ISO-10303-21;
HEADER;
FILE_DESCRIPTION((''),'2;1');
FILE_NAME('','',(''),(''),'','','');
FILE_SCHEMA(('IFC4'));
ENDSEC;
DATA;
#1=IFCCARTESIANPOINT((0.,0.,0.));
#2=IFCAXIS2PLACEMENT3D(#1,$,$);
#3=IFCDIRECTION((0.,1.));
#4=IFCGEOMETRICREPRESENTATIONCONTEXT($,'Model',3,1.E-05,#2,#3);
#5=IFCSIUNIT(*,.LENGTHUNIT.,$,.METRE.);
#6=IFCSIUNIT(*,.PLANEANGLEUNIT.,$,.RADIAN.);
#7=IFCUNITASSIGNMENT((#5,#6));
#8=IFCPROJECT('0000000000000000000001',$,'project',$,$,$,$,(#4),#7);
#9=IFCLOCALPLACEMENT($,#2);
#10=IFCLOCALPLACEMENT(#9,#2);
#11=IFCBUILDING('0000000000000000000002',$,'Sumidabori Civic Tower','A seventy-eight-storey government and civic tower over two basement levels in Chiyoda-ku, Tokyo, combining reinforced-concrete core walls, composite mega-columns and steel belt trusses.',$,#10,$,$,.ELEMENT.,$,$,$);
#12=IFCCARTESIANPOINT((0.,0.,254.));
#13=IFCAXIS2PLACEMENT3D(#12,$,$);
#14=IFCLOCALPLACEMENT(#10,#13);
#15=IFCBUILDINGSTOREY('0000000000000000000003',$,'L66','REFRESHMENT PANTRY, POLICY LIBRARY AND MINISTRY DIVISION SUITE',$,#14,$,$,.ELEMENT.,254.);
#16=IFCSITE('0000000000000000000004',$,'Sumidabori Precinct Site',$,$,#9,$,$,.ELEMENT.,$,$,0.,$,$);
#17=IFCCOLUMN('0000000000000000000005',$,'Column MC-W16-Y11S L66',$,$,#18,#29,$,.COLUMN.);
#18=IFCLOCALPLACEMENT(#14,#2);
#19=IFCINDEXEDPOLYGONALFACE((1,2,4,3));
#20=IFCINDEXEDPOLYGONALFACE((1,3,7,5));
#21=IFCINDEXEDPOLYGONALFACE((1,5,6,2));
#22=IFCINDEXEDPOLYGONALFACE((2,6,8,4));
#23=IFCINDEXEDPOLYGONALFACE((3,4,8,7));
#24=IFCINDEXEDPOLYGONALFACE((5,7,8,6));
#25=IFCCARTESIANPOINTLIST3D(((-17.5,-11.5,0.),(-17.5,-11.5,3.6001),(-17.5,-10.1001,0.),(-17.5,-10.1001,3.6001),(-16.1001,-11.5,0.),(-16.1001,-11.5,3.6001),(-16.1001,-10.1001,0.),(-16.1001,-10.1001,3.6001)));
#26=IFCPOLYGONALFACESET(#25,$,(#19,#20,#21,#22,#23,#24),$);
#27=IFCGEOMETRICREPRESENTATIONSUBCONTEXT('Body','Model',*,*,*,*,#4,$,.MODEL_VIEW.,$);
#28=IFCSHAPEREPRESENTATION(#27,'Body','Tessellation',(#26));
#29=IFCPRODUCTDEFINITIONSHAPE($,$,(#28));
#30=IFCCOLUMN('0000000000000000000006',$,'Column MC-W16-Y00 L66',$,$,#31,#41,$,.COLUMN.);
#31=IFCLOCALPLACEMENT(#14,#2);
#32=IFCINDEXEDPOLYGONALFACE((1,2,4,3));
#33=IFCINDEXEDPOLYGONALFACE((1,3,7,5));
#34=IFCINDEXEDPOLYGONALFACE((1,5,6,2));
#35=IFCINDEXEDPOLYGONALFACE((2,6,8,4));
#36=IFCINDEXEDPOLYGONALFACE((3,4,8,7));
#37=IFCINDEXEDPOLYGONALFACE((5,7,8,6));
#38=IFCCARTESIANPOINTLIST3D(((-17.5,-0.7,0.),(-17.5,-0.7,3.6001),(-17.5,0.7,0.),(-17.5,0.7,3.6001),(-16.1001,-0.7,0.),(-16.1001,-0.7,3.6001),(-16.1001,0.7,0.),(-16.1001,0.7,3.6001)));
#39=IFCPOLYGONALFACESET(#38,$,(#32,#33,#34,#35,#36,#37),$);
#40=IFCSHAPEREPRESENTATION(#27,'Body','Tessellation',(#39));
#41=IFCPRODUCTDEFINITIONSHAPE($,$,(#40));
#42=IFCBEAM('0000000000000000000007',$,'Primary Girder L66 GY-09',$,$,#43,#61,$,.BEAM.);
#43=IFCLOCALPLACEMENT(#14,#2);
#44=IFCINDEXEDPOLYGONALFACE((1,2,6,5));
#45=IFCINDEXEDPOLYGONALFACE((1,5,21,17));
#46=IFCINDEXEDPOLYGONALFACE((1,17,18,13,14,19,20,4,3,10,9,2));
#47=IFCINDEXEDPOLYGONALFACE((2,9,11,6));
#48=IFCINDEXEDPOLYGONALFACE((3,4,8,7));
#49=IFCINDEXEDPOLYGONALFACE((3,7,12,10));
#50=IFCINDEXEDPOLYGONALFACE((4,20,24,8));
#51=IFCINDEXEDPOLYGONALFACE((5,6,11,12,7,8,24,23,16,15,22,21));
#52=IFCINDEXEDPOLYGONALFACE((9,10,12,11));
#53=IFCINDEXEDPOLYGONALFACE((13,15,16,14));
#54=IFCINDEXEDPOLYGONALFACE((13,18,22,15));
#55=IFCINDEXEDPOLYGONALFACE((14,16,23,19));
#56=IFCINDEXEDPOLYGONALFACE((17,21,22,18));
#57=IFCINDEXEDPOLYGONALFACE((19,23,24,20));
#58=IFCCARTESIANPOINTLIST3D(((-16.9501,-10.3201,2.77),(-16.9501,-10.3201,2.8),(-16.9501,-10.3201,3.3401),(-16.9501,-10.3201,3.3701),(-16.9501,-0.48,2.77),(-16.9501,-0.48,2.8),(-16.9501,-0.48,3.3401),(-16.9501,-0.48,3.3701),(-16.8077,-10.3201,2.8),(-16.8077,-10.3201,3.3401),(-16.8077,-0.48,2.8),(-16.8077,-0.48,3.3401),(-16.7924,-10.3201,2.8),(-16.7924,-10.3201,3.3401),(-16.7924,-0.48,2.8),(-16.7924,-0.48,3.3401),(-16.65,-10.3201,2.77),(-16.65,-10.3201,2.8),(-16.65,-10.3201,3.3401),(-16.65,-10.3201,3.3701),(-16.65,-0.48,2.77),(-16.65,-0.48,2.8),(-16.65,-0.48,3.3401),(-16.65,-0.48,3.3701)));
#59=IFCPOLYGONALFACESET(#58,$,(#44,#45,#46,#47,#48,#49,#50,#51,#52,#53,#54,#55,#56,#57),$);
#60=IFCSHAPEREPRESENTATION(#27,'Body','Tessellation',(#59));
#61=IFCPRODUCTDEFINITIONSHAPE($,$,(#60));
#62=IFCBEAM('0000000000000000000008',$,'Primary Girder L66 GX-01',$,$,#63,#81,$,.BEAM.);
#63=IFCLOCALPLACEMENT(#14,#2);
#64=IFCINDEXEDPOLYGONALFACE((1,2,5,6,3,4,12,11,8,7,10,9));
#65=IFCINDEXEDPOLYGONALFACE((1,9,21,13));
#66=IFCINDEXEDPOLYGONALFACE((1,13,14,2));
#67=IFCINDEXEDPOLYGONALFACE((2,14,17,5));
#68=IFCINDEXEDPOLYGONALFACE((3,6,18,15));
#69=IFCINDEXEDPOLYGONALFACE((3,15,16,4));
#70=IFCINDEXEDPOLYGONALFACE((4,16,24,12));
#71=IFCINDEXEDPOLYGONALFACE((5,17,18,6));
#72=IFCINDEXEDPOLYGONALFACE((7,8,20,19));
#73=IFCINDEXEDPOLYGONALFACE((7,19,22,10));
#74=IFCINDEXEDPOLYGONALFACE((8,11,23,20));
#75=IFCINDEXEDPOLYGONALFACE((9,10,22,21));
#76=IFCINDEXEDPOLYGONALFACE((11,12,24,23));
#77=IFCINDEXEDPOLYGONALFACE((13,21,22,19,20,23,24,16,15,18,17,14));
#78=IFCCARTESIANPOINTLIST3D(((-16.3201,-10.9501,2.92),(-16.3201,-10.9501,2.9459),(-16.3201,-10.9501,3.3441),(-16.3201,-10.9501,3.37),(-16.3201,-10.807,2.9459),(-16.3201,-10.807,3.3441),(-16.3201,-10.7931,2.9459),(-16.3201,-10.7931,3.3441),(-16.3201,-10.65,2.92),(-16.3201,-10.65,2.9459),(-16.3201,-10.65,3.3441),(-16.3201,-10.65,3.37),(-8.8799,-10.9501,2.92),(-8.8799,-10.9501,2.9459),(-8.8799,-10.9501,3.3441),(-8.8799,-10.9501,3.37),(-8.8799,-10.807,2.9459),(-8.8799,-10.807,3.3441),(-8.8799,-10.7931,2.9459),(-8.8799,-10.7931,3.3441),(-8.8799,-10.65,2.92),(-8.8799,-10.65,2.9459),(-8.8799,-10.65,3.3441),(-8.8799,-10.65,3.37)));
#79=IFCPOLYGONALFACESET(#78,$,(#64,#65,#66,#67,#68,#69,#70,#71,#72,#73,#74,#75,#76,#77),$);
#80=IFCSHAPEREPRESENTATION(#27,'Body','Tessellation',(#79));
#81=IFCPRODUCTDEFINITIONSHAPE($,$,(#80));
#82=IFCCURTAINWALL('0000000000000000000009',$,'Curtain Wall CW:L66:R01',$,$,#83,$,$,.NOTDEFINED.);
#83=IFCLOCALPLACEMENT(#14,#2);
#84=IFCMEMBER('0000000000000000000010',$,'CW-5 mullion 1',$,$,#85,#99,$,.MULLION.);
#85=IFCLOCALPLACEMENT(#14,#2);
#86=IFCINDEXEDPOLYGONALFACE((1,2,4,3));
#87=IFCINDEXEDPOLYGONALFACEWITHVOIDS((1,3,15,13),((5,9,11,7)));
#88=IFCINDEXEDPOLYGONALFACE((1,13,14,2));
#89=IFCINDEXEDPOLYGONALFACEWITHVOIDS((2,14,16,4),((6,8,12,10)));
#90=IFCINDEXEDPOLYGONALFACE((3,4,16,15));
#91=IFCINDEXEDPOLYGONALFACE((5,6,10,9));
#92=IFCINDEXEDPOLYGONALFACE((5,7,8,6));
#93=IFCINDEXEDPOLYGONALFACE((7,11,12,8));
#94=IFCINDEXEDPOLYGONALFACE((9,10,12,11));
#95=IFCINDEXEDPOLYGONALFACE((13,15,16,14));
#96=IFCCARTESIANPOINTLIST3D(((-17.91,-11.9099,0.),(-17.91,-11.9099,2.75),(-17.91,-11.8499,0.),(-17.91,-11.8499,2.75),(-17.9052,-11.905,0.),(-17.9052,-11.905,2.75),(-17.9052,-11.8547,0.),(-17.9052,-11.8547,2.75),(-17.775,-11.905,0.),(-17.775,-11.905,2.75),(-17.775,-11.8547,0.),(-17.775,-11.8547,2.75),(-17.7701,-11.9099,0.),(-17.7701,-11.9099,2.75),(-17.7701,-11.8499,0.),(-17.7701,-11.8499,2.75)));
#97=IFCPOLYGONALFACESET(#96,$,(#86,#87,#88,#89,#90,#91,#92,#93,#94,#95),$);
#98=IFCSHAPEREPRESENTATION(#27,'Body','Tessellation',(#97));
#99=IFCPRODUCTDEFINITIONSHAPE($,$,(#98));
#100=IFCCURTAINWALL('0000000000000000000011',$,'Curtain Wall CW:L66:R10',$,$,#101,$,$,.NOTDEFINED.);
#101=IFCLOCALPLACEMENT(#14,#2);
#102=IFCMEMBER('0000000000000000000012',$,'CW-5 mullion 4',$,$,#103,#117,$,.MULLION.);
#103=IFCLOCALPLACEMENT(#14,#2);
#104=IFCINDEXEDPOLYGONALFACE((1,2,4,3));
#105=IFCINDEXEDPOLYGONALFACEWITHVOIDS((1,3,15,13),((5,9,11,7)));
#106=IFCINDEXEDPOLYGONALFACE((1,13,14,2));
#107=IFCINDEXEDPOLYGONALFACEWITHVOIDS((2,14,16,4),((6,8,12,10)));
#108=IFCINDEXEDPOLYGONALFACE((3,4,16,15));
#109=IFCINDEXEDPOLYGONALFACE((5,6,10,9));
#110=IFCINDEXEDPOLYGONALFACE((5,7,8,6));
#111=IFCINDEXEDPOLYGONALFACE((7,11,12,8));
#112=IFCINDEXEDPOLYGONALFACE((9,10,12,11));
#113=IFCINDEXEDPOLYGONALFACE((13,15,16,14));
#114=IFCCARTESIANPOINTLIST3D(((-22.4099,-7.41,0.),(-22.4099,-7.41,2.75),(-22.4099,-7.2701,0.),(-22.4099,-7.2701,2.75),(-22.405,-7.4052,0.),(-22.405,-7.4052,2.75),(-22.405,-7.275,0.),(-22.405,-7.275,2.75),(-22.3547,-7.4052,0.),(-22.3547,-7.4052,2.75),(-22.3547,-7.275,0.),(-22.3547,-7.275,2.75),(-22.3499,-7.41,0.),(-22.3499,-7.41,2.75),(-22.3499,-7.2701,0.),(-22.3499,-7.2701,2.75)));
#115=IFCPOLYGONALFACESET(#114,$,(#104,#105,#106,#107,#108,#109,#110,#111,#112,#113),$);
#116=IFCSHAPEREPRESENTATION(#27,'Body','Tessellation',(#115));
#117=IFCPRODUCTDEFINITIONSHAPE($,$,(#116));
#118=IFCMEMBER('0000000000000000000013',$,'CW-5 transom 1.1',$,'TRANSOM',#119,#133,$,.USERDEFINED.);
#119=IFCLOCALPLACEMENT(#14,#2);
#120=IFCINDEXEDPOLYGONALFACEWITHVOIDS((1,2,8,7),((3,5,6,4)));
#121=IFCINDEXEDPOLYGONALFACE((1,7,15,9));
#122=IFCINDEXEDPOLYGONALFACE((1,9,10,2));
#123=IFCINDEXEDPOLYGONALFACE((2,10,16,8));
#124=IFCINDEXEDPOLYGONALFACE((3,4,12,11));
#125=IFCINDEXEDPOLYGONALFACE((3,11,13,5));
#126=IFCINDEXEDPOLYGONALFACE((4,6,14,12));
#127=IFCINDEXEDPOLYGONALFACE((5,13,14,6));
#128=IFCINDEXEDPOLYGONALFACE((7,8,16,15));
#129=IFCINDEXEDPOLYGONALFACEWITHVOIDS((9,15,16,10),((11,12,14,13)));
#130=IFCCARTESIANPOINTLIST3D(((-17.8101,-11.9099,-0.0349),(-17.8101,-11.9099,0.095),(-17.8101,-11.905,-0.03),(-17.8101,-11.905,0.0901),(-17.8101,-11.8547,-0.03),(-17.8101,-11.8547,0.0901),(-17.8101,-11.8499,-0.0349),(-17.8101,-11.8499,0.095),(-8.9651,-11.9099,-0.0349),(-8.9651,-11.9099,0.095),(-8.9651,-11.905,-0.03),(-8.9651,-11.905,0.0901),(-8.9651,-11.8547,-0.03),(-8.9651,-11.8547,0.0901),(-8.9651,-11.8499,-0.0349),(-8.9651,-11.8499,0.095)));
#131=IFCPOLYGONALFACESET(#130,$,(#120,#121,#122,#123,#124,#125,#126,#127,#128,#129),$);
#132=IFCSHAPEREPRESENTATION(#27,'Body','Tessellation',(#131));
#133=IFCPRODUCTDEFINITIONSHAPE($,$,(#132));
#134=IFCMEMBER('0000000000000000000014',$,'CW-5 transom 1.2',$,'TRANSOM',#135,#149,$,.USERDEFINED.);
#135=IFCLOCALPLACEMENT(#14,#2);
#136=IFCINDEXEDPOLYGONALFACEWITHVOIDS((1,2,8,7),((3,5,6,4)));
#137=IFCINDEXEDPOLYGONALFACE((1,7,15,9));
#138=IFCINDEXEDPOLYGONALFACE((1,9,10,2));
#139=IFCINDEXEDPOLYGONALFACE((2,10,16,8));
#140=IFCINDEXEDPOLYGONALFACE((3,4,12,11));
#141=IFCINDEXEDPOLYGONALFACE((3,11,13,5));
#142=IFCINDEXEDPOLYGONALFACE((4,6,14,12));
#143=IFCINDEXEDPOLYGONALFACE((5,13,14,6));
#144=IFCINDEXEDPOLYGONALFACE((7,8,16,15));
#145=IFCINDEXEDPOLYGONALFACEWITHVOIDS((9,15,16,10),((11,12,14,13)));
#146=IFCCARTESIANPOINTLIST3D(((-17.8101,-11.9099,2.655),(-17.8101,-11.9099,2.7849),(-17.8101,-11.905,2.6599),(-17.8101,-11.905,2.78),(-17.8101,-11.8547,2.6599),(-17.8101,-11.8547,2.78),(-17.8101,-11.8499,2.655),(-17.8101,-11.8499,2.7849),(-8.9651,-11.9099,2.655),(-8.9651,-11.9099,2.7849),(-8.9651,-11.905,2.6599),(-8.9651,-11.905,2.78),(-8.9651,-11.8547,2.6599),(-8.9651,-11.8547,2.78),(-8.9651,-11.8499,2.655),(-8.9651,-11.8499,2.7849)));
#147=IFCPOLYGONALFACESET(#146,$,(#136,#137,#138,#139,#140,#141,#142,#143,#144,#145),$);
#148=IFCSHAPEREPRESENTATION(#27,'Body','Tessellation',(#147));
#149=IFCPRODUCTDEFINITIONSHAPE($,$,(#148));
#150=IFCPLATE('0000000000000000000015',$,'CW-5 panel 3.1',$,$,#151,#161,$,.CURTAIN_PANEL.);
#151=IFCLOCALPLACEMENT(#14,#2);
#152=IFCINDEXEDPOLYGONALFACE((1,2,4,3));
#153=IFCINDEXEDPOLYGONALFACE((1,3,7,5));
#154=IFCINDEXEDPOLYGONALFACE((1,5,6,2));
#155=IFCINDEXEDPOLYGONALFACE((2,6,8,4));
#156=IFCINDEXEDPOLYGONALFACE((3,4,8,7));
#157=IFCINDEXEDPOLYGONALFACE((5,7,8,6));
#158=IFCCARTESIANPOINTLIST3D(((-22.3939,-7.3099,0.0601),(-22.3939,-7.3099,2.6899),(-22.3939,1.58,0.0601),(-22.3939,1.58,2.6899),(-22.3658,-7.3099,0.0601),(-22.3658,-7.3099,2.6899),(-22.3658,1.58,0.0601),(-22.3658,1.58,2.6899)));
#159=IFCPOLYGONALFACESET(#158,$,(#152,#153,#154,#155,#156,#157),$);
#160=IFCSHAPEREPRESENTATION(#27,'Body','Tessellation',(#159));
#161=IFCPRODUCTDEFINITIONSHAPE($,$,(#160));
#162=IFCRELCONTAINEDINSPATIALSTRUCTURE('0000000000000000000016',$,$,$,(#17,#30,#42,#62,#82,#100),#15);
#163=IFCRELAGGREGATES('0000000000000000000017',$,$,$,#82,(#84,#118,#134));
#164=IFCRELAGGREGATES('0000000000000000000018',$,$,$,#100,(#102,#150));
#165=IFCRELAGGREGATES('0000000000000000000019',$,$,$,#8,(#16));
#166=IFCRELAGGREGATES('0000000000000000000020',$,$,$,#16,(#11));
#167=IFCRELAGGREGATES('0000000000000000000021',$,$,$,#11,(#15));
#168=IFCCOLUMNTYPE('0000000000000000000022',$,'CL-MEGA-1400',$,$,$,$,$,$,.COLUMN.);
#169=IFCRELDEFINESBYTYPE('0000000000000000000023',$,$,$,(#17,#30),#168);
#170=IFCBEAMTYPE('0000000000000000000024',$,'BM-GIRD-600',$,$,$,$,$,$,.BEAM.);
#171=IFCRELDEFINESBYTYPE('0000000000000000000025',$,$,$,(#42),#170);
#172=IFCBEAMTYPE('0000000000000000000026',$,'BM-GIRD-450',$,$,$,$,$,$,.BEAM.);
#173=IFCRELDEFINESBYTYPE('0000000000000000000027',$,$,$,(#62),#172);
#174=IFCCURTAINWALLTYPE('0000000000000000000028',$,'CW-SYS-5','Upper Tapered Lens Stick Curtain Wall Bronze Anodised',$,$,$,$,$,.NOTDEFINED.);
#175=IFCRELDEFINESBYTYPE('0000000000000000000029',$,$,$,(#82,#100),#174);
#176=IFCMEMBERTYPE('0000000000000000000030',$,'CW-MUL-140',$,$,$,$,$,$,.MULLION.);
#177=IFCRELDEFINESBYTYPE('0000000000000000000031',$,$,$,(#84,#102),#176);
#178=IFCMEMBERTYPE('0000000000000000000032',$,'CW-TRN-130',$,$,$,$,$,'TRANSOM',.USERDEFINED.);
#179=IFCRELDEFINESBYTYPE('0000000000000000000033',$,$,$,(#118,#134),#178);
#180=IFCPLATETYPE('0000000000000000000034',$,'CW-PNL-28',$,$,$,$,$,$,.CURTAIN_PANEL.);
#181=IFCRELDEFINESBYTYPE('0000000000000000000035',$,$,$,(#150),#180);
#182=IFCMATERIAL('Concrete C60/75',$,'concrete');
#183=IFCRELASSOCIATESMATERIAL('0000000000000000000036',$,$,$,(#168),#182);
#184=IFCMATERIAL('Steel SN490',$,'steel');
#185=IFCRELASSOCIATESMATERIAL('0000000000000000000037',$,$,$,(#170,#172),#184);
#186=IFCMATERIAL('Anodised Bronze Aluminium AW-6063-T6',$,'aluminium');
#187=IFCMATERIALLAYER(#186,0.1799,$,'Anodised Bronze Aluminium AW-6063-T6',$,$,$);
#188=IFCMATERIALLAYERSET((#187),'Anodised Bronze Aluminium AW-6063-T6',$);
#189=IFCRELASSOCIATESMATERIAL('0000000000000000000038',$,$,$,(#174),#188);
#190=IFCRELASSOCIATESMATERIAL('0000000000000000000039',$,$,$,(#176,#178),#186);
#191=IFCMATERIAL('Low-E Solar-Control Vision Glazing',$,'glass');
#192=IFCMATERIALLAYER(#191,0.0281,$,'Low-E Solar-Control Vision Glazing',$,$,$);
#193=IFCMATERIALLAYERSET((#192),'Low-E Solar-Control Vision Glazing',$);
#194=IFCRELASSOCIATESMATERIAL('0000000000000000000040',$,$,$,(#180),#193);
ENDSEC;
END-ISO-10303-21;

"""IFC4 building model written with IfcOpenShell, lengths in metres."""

from ifc_helpers import new_model, si_unit, direction, frame, origin, origin_2d, place, context, subcontext, project, spatial, rectangle, hollow_rectangle, i_section, extrude, source, transform, mapped, material, layer, layer_set, material_profile, profile_set, type_object, element, aggregate, save


model = new_model("IFC4")

# Units and contexts
model_context = context("Model", 3, precision=1e-05, world=origin(), true_north=direction((0.0, 1.0)))
body_context = subcontext(model_context, "Body", "Model", "MODEL_VIEW")
ifc_project = project(units=[si_unit("LENGTHUNIT", "METRE"), si_unit("PLANEANGLEUNIT", "RADIAN")], contexts=[model_context])

# Site, building, storey
site_placement = place(None, origin())
site = spatial("IfcSite", under=ifc_project, at=site_placement, Name="Sumidabori Precinct Site", CompositionType="ELEMENT", RefElevation=0.0)
building_placement = place(site_placement, origin())
building = spatial("IfcBuilding", under=site, at=building_placement, Name="Sumidabori Civic Tower", Description="A seventy-eight-storey government and civic tower over two basement levels in Chiyoda-ku, Tokyo, combining reinforced-concrete core walls, composite mega-columns and steel belt trusses.", CompositionType="ELEMENT")
storey_placement = place(building_placement, frame((0.0, 0.0, 254.0)))
storey = spatial("IfcBuildingStorey", under=building, at=storey_placement, Name="L66", Description="REFRESHMENT PANTRY, POLICY LIBRARY AND MINISTRY DIVISION SUITE", CompositionType="ELEMENT", Elevation=254.0)

# Columns
ifc_material_1 = material(Name="Concrete C60/75", Category="concrete")
ifc_material_profile_1 = material_profile(ifc_material_1, rectangle(XDim=1.3999, YDim=1.3999, at=origin_2d()), Name="RC 1400x1400")
ifc_profile_set_1 = profile_set([ifc_material_profile_1], Name="Concrete C60/75")
column_type = type_object("IfcColumnType", Name="CL-MEGA-1400", PredefinedType="COLUMN", material=ifc_profile_set_1)
shared_shape_1 = source(origin(), body_context, "Body", "SweptSolid", [
    extrude(rectangle(XDim=1.3999, YDim=1.3999, at=origin_2d()), origin(), (0.0, 0.0, 1.0), 3.6001),
])
for number, where, z_axis, x_axis, name in (
    (1, (-16.8, -10.8, 0.0), (0.0, 0.0, 1.0), (1.0, 0.0, 0.0), "Column MC-W16-Y11S L66"),
    (2, (-16.8, 0.0, 0.0), (0.0, 0.0, 1.0), (1.0, 0.0, 0.0), "Column MC-W16-Y00 L66"),
):
    element("IfcColumn", number, at=place(storey_placement, frame(where, z_axis=z_axis, x_axis=x_axis)), inside=storey, type_object=column_type, Name=name, PredefinedType="COLUMN", context=body_context, shape_type="MappedRepresentation", body=[
        mapped(shared_shape_1, transform((0.0, 0.0, 0.0), x_axis=(1.0, 0.0, 0.0), y_axis=(0.0, 1.0, 0.0), z_axis=(0.0, 0.0, 1.0), scale=1.0)),
    ])

# Beams
ifc_material_2 = material(Name="Steel SN490", Category="steel")
ifc_material_profile_2 = material_profile(ifc_material_2, i_section(OverallWidth=0.3, OverallDepth=0.6001, WebThickness=0.0154, FlangeThickness=0.03, at=origin_2d()), Name="HE 600 B")
ifc_profile_set_2 = profile_set([ifc_material_profile_2], Name="Steel SN490")
beam_type_1 = type_object("IfcBeamType", Name="BM-GIRD-600", PredefinedType="BEAM", material=ifc_profile_set_2)
shared_shape_2 = source(origin(), body_context, "Body", "SweptSolid", [
    extrude(i_section(OverallWidth=0.3, OverallDepth=0.6001, WebThickness=0.0154, FlangeThickness=0.03, at=origin_2d()), origin(), (0.0, 0.0, 1.0), 9.8401),
])
beam_1_placement = place(storey_placement, frame((-16.8, -10.3201, 3.0701), z_axis=(0.0, 1.0, 0.0), x_axis=(-1.0, 0.0, 0.0)))
element("IfcBeam", 3, at=beam_1_placement, inside=storey, type_object=beam_type_1, Name="Primary Girder L66 GY-09", PredefinedType="BEAM", context=body_context, shape_type="MappedRepresentation", body=[
    mapped(shared_shape_2, transform((0.0, 0.0, 0.0), x_axis=(1.0, 0.0, 0.0), y_axis=(0.0, 1.0, 0.0), z_axis=(0.0, 0.0, 1.0), scale=1.0)),
])
ifc_material_profile_3 = material_profile(ifc_material_2, i_section(OverallWidth=0.3, OverallDepth=0.45, WebThickness=0.0139, FlangeThickness=0.0259, at=origin_2d()), Name="HE 450 B")
ifc_profile_set_3 = profile_set([ifc_material_profile_3], Name="Steel SN490")
beam_type_2 = type_object("IfcBeamType", Name="BM-GIRD-450", PredefinedType="BEAM", material=ifc_profile_set_3)
shared_shape_3 = source(origin(), body_context, "Body", "SweptSolid", [
    extrude(i_section(OverallWidth=0.3, OverallDepth=0.45, WebThickness=0.0139, FlangeThickness=0.0259, at=origin_2d()), origin(), (0.0, 0.0, 1.0), 7.4402),
])
beam_2_placement = place(storey_placement, frame((-16.3201, -10.8, 3.145), z_axis=(1.0, 0.0, 0.0), x_axis=(0.0, 1.0, 0.0)))
element("IfcBeam", 4, at=beam_2_placement, inside=storey, type_object=beam_type_2, Name="Primary Girder L66 GX-01", PredefinedType="BEAM", context=body_context, shape_type="MappedRepresentation", body=[
    mapped(shared_shape_3, transform((0.0, 0.0, 0.0), x_axis=(1.0, 0.0, 0.0), y_axis=(0.0, 1.0, 0.0), z_axis=(0.0, 0.0, 1.0), scale=1.0)),
])

# Curtain walls, members
ifc_material_3 = material(Name="Anodised Bronze Aluminium AW-6063-T6", Category="aluminium")
ifc_layer_1 = layer(ifc_material_3, 0.1799, Name="Anodised Bronze Aluminium AW-6063-T6")
ifc_layer_set_1 = layer_set([ifc_layer_1], Name="Anodised Bronze Aluminium AW-6063-T6")
curtain_wall_type = type_object("IfcCurtainWallType", Name="CW-SYS-5", Description="Upper Tapered Lens Stick Curtain Wall Bronze Anodised", PredefinedType="NOTDEFINED", material=ifc_layer_set_1)
curtain_wall_1_placement = place(storey_placement, origin())
curtain_wall_1 = element("IfcCurtainWall", 5, at=curtain_wall_1_placement, inside=storey, type_object=curtain_wall_type, Name="Curtain Wall CW:L66:R01", PredefinedType="NOTDEFINED")
ifc_material_profile_4 = material_profile(ifc_material_3, hollow_rectangle(XDim=0.0601, YDim=0.1399, WallThickness=0.0049, at=origin_2d()), Name="ALU MULLION 140x60")
ifc_profile_set_4 = profile_set([ifc_material_profile_4], Name="Anodised Bronze Aluminium AW-6063-T6")
member_type_1 = type_object("IfcMemberType", Name="CW-MUL-140", PredefinedType="MULLION", material=ifc_profile_set_4)
shared_shape_4 = source(origin(), body_context, "Body", "SweptSolid", [
    extrude(hollow_rectangle(XDim=0.0601, YDim=0.1399, WallThickness=0.0049, at=origin_2d()), origin(), (0.0, 0.0, 1.0), 2.75),
])
member_1_placement = place(storey_placement, frame((-17.8401, -11.8799, 0.0), z_axis=(0.0, 0.0, 1.0), x_axis=(0.0, 1.0, 0.0)))
member_1 = element("IfcMember", 6, at=member_1_placement, type_object=member_type_1, Name="CW-5 mullion 1", PredefinedType="MULLION", context=body_context, shape_type="MappedRepresentation", body=[
    mapped(shared_shape_4, transform((0.0, 0.0, 0.0), x_axis=(1.0, 0.0, 0.0), y_axis=(0.0, 1.0, 0.0), z_axis=(0.0, 0.0, 1.0), scale=1.0)),
])
curtain_wall_2_placement = place(storey_placement, origin())
curtain_wall_2 = element("IfcCurtainWall", 7, at=curtain_wall_2_placement, inside=storey, type_object=curtain_wall_type, Name="Curtain Wall CW:L66:R10", PredefinedType="NOTDEFINED")
member_2_placement = place(storey_placement, frame((-22.3799, -7.3401, 0.0), z_axis=(0.0, 0.0, 1.0), x_axis=(1.0, 0.0, 0.0)))
member_2 = element("IfcMember", 8, at=member_2_placement, type_object=member_type_1, Name="CW-5 mullion 4", PredefinedType="MULLION", context=body_context, shape_type="MappedRepresentation", body=[
    mapped(shared_shape_4, transform((0.0, 0.0, 0.0), x_axis=(1.0, 0.0, 0.0), y_axis=(0.0, 1.0, 0.0), z_axis=(0.0, 0.0, 1.0), scale=1.0)),
])

# Members
ifc_material_profile_5 = material_profile(ifc_material_3, hollow_rectangle(XDim=0.0601, YDim=0.1299, WallThickness=0.0049, at=origin_2d()), Name="ALU TRANSOM 130x60")
ifc_profile_set_5 = profile_set([ifc_material_profile_5], Name="Anodised Bronze Aluminium AW-6063-T6")
member_type_2 = type_object("IfcMemberType", Name="CW-TRN-130", ElementType="TRANSOM", PredefinedType="USERDEFINED", material=ifc_profile_set_5)
shared_shape_5 = source(origin(), body_context, "Body", "SweptSolid", [
    extrude(hollow_rectangle(XDim=0.0601, YDim=0.1299, WallThickness=0.0049, at=origin_2d()), origin(), (0.0, 0.0, 1.0), 8.845),
])
member_3_placement = place(storey_placement, frame((-17.8101, -11.8799, 0.03), z_axis=(1.0, 0.0, 0.0), x_axis=(0.0, 1.0, 0.0)))
member_3 = element("IfcMember", 9, at=member_3_placement, type_object=member_type_2, Name="CW-5 transom 1.1", ObjectType="TRANSOM", PredefinedType="USERDEFINED", context=body_context, shape_type="MappedRepresentation", body=[
    mapped(shared_shape_5, transform((0.0, 0.0, 0.0), x_axis=(1.0, 0.0, 0.0), y_axis=(0.0, 1.0, 0.0), z_axis=(0.0, 0.0, 1.0), scale=1.0)),
])
member_4_placement = place(storey_placement, frame((-17.8101, -11.8799, 2.72), z_axis=(1.0, 0.0, 0.0), x_axis=(0.0, 1.0, 0.0)))
member_4 = element("IfcMember", 10, at=member_4_placement, type_object=member_type_2, Name="CW-5 transom 1.2", ObjectType="TRANSOM", PredefinedType="USERDEFINED", context=body_context, shape_type="MappedRepresentation", body=[
    mapped(shared_shape_5, transform((0.0, 0.0, 0.0), x_axis=(1.0, 0.0, 0.0), y_axis=(0.0, 1.0, 0.0), z_axis=(0.0, 0.0, 1.0), scale=1.0)),
])
aggregate(curtain_wall_1, [member_1, member_3, member_4])

# Plate
ifc_material_4 = material(Name="Low-E Solar-Control Vision Glazing", Category="glass")
ifc_layer_2 = layer(ifc_material_4, 0.0281, Name="Low-E Solar-Control Vision Glazing")
ifc_layer_set_2 = layer_set([ifc_layer_2], Name="Low-E Solar-Control Vision Glazing")
plate_type = type_object("IfcPlateType", Name="CW-PNL-28", PredefinedType="CURTAIN_PANEL", material=ifc_layer_set_2)
shared_shape_6 = source(origin(), body_context, "Body", "SweptSolid", [
    extrude(rectangle(XDim=8.8899, YDim=0.0281, at=origin_2d()), origin(), (0.0, 0.0, 1.0), 2.6299),
])
plate_placement = place(storey_placement, frame((-22.3799, -2.865, 0.0601), z_axis=(0.0, 0.0, 1.0), x_axis=(0.0, -1.0, 0.0)))
plate = element("IfcPlate", 11, at=plate_placement, type_object=plate_type, Name="CW-5 panel 3.1", PredefinedType="CURTAIN_PANEL", context=body_context, shape_type="MappedRepresentation", body=[
    mapped(shared_shape_6, transform((0.0, 0.0, 0.0), x_axis=(1.0, 0.0, 0.0), y_axis=(0.0, 1.0, 0.0), z_axis=(0.0, 0.0, 1.0), scale=1.0)),
])
aggregate(curtain_wall_2, [member_2, plate])

save(model, "model.ifc")
